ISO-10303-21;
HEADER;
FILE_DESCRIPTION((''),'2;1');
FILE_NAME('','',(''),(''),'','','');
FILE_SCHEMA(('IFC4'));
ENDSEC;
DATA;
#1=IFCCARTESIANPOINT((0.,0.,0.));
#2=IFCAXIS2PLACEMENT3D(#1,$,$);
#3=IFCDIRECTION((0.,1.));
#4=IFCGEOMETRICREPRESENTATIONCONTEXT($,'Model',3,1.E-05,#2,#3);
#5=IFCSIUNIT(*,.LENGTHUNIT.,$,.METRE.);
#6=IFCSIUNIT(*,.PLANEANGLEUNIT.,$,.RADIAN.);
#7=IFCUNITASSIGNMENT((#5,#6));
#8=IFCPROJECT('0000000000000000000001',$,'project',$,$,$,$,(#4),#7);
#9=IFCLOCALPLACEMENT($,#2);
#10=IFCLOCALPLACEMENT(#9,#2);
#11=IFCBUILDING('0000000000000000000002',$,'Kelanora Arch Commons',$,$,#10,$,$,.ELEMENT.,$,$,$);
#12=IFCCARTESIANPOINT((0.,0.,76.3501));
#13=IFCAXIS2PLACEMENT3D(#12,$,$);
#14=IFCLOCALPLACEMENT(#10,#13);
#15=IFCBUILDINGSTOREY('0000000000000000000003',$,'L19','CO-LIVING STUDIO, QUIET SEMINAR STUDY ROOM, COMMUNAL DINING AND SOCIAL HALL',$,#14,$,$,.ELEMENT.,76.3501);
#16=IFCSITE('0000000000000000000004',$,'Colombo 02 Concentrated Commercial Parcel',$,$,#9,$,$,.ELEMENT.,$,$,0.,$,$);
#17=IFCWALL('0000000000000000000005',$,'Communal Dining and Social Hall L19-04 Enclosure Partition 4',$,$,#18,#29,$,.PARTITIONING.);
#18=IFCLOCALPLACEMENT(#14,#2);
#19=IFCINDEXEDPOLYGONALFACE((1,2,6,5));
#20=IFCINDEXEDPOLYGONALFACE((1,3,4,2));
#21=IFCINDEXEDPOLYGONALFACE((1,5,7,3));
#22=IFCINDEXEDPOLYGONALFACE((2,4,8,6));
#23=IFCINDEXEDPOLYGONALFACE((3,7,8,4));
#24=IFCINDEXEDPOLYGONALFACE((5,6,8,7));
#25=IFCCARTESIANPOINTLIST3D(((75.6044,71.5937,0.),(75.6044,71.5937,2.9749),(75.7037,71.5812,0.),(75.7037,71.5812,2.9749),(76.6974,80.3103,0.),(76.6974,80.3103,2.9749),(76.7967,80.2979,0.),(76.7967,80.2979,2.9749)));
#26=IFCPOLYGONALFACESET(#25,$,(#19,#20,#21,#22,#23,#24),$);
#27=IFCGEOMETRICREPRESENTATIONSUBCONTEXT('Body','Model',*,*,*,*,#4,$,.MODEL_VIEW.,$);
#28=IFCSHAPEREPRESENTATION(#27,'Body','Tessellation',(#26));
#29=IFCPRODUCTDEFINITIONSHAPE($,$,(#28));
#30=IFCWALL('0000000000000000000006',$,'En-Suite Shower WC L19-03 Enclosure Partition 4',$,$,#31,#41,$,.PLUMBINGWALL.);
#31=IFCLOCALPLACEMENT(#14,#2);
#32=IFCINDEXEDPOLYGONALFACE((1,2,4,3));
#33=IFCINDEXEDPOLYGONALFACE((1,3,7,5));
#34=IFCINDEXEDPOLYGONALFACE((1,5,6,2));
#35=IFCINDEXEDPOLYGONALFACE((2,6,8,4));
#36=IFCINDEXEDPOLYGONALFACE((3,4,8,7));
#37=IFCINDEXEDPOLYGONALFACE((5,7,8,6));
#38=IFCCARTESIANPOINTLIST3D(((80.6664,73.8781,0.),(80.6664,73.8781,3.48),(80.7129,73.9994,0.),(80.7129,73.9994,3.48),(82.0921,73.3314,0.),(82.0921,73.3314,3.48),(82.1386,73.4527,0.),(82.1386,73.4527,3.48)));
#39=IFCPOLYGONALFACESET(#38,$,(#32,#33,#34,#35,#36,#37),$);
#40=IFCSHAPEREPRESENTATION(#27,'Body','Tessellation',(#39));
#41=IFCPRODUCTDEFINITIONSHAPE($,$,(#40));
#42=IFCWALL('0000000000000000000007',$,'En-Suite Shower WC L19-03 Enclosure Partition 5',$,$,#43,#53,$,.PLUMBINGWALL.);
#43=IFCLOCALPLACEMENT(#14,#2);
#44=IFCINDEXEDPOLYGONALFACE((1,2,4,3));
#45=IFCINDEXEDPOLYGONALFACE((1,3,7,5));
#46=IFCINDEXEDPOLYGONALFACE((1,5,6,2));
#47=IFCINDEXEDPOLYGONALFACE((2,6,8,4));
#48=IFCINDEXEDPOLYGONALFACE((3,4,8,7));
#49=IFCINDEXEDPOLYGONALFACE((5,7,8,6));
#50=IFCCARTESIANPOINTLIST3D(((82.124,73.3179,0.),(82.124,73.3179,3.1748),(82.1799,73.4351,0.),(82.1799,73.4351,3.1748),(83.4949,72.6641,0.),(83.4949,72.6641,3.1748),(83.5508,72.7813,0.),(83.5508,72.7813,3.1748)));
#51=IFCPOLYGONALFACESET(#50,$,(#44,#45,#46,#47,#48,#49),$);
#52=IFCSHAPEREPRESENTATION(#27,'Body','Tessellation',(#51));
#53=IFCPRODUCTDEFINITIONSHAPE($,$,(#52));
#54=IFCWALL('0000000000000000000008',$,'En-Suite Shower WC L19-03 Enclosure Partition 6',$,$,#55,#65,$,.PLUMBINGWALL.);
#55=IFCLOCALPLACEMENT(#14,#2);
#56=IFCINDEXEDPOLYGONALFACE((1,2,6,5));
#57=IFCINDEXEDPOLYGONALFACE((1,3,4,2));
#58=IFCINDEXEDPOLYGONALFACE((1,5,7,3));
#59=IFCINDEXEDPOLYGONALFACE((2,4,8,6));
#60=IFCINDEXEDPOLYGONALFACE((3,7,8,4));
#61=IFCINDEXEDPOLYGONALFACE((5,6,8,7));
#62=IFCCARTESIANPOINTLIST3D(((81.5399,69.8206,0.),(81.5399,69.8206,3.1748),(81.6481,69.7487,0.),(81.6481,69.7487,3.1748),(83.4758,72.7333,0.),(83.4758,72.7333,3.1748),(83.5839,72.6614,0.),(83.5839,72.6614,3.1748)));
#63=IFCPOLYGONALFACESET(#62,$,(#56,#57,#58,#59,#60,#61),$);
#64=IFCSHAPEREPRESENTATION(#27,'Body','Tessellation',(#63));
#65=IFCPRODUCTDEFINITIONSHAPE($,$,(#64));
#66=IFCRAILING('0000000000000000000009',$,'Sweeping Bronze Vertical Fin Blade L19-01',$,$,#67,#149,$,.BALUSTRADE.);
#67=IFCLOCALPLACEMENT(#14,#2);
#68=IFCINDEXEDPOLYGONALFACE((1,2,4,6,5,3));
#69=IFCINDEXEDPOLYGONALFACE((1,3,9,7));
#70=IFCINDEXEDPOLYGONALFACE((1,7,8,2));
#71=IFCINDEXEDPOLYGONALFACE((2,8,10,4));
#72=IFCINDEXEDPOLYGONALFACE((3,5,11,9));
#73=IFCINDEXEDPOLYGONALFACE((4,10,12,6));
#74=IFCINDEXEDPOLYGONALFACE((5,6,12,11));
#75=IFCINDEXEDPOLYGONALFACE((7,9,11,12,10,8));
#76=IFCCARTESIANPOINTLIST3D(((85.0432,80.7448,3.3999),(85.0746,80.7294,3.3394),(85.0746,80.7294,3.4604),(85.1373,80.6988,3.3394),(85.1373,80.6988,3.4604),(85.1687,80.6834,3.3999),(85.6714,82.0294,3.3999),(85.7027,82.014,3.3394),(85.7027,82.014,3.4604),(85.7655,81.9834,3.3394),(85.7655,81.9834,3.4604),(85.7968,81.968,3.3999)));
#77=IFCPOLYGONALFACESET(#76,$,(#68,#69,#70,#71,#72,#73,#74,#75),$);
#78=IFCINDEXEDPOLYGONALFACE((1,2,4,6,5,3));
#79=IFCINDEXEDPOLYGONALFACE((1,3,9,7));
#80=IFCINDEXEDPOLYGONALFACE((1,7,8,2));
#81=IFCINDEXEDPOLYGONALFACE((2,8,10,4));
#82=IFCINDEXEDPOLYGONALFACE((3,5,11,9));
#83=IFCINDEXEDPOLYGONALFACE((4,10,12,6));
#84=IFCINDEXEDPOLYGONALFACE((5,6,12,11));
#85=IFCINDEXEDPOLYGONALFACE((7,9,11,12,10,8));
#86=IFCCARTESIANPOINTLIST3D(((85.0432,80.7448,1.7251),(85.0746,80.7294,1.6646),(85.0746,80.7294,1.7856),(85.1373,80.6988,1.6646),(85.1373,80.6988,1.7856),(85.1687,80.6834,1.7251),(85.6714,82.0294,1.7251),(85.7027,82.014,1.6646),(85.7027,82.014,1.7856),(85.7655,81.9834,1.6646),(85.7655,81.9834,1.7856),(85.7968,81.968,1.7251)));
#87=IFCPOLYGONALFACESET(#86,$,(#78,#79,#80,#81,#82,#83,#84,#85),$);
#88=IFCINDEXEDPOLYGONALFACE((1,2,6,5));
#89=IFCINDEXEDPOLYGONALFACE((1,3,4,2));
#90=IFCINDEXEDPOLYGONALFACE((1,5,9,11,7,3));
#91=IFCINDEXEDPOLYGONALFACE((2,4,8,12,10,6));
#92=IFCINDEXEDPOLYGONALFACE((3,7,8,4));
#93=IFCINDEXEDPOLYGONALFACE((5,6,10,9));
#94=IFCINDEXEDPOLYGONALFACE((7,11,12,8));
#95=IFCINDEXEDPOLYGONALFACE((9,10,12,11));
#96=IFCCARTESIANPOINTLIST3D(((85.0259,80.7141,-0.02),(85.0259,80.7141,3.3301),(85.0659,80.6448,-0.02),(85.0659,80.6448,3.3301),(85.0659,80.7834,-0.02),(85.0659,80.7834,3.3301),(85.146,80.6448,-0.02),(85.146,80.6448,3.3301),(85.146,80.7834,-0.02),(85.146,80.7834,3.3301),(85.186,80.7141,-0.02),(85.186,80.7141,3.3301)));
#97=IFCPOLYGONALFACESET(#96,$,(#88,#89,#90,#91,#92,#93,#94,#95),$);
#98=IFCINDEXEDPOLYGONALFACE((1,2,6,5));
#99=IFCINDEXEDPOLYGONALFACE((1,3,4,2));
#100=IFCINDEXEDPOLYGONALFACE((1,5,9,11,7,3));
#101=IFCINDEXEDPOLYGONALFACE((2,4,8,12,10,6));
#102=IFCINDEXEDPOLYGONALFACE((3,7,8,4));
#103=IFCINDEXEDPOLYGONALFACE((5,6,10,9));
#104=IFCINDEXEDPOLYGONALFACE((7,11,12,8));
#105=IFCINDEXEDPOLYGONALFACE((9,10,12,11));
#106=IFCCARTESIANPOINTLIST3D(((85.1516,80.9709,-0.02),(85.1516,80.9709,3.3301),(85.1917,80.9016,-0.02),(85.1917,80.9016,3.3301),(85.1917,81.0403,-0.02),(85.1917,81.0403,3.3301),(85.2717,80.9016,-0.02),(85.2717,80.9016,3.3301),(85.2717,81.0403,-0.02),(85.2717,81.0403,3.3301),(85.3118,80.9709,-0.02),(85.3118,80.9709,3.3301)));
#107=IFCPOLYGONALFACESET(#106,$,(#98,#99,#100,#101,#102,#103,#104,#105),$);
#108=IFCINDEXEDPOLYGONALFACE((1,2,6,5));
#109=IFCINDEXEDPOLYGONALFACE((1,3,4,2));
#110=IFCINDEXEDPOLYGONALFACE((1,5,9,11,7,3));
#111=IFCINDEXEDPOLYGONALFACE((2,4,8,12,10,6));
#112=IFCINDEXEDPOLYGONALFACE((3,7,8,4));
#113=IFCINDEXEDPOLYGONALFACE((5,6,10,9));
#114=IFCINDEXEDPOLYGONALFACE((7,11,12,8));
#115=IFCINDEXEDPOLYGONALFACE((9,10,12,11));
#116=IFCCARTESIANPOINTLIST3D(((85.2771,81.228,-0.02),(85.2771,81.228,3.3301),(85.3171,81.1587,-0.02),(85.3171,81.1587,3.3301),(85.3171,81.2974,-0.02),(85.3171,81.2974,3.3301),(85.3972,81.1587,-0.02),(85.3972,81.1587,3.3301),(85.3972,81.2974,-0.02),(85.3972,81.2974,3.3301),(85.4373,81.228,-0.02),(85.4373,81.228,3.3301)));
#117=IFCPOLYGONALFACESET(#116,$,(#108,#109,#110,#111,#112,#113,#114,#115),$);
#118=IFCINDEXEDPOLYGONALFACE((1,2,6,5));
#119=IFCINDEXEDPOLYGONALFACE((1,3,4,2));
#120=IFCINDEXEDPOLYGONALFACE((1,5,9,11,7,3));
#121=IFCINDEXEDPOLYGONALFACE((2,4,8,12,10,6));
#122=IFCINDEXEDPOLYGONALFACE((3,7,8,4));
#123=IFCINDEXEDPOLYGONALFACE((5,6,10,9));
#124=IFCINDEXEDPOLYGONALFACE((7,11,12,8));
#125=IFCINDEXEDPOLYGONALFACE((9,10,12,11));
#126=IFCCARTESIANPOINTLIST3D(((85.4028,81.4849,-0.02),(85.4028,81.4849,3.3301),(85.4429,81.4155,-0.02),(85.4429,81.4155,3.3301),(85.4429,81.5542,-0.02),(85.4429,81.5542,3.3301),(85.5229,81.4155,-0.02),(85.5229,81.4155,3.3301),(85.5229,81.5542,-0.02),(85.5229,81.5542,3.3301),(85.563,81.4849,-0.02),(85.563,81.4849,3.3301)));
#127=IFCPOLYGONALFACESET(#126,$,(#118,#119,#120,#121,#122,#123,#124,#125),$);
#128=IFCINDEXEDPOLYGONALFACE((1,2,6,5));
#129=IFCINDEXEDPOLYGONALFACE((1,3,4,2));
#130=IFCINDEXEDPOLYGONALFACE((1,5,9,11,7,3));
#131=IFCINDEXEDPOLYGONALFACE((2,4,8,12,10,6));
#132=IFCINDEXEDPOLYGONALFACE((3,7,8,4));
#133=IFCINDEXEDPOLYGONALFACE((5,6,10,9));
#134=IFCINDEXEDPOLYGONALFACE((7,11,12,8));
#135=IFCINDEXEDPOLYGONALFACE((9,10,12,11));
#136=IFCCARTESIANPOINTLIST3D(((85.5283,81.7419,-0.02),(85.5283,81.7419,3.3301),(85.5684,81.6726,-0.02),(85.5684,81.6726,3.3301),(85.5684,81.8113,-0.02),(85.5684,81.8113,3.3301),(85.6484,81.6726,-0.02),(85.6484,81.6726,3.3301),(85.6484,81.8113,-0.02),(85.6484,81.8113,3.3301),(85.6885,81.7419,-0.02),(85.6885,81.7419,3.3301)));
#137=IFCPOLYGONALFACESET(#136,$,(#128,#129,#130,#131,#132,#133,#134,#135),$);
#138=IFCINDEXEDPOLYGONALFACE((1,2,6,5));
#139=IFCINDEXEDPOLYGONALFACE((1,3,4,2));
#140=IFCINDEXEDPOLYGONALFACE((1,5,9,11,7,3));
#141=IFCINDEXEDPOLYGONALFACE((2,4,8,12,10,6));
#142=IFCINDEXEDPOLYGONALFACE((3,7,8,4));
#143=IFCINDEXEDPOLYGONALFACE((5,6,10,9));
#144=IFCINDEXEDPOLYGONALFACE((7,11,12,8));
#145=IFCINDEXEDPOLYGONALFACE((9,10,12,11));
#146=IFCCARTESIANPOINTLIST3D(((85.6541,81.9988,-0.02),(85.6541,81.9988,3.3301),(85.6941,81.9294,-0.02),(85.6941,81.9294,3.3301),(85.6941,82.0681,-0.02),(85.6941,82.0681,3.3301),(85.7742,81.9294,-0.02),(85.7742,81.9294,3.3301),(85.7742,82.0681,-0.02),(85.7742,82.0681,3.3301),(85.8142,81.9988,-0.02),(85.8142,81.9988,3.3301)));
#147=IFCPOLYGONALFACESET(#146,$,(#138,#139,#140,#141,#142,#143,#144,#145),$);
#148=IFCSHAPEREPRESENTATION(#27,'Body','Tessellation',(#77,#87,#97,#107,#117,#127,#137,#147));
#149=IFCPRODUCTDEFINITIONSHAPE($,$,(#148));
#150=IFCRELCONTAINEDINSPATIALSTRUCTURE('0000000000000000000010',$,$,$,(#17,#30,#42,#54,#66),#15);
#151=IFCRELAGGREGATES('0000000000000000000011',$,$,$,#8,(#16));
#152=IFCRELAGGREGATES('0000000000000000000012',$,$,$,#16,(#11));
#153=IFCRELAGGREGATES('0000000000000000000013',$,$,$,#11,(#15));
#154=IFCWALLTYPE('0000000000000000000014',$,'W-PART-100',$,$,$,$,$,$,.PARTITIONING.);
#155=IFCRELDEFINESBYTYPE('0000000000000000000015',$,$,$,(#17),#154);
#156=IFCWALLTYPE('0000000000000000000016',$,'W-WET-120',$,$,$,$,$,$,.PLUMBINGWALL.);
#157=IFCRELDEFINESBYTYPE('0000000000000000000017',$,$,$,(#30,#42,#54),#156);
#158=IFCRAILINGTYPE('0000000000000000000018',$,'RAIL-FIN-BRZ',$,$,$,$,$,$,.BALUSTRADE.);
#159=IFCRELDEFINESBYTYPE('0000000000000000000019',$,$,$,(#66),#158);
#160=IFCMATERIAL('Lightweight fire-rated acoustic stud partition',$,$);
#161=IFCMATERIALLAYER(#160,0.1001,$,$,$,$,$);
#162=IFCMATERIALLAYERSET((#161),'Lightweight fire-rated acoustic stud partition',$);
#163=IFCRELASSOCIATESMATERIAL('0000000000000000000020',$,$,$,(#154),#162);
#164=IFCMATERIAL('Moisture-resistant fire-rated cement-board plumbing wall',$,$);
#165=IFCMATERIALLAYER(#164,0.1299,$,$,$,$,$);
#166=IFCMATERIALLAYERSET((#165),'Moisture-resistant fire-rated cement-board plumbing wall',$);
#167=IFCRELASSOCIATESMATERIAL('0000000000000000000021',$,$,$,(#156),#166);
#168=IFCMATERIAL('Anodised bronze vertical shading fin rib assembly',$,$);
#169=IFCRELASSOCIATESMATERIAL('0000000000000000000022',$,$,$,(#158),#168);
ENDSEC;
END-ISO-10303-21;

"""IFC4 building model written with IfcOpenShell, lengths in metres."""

from ifc_helpers import new_model, si_unit, direction, frame, frame_2d, origin, place, context, subcontext, project, spatial, polyline, rectangle, outline, extrude, material, layer, layer_set, type_object, element, save


model = new_model("IFC4")

# Units and contexts
model_context = context("Model", 3, precision=1e-05, world=origin(), true_north=direction((0.0, 1.0)))
body_context = subcontext(model_context, "Body", "Model", "MODEL_VIEW")
ifc_project = project(units=[si_unit("LENGTHUNIT", "METRE"), si_unit("PLANEANGLEUNIT", "RADIAN")], contexts=[model_context])

# Site, building, storey
site_placement = place(None, origin())
site = spatial("IfcSite", under=ifc_project, at=site_placement, Name="Colombo 02 Concentrated Commercial Parcel", CompositionType="ELEMENT", RefElevation=0.0)
building_placement = place(site_placement, origin())
building = spatial("IfcBuilding", under=site, at=building_placement, Name="Kelanora Arch Commons", CompositionType="ELEMENT")
storey_placement = place(building_placement, frame((0.0, 0.0, 76.3501)))
storey = spatial("IfcBuildingStorey", under=building, at=storey_placement, Name="L19", Description="CO-LIVING STUDIO, QUIET SEMINAR STUDY ROOM, COMMUNAL DINING AND SOCIAL HALL", CompositionType="ELEMENT", Elevation=76.3501)

# Walls
ifc_material_1 = material(Name="Lightweight fire-rated acoustic stud partition")
ifc_layer_1 = layer(ifc_material_1, 0.1001)
ifc_layer_set_1 = layer_set([ifc_layer_1], Name="Lightweight fire-rated acoustic stud partition")
wall_type_1 = type_object("IfcWallType", Name="W-PART-100", PredefinedType="PARTITIONING", material=ifc_layer_set_1)
wall_1_placement = place(storey_placement, frame((76.7471, 80.3042, 0.0), z_axis=(0.0, 0.0, 1.0), x_axis=(-0.124421, -0.992229, 0.0)))
element("IfcWall", 1, at=wall_1_placement, inside=storey, type_object=wall_type_1, Name="Communal Dining and Social Hall L19-04 Enclosure Partition 4", PredefinedType="PARTITIONING", context=body_context, shape_type="SweptSolid", body=[
    extrude(rectangle(XDim=8.7849, YDim=0.1001, at=frame_2d((4.3926, 0.0))), origin(), (0.0, 0.0, 1.0), 2.9749),
])
ifc_material_2 = material(Name="Moisture-resistant fire-rated cement-board plumbing wall")
ifc_layer_2 = layer(ifc_material_2, 0.1299)
ifc_layer_set_2 = layer_set([ifc_layer_2], Name="Moisture-resistant fire-rated cement-board plumbing wall")
wall_type_2 = type_object("IfcWallType", Name="W-WET-120", PredefinedType="PLUMBINGWALL", material=ifc_layer_set_2)
wall_2_placement = place(storey_placement, frame((80.6897, 73.9387, 0.0), z_axis=(0.0, 0.0, 1.0), x_axis=(0.933708, -0.358036, 0.0)))
element("IfcWall", 2, at=wall_2_placement, inside=storey, type_object=wall_type_2, Name="En-Suite Shower WC L19-03 Enclosure Partition 4", PredefinedType="PLUMBINGWALL", context=body_context, shape_type="SweptSolid", body=[
    extrude(rectangle(XDim=1.5269, YDim=0.1299, at=frame_2d((0.7634, 0.0))), origin(), (0.0, 0.0, 1.0), 3.48),
])
wall_3_placement = place(storey_placement, frame((82.1521, 73.3765, 0.0), z_axis=(0.0, 0.0, 1.0), x_axis=(0.902599, -0.430483, 0.0)))
element("IfcWall", 3, at=wall_3_placement, inside=storey, type_object=wall_type_2, Name="En-Suite Shower WC L19-03 Enclosure Partition 5", PredefinedType="PLUMBINGWALL", context=body_context, shape_type="SweptSolid", body=[
    extrude(rectangle(XDim=1.5188, YDim=0.1299, at=frame_2d((0.7593, 0.0))), origin(), (0.0, 0.0, 1.0), 3.1748),
])
wall_4_placement = place(storey_placement, frame((83.5298, 72.6973, 0.0), z_axis=(0.0, 0.0, 1.0), x_axis=(-0.553524, -0.832833, 0.0)))
element("IfcWall", 4, at=wall_4_placement, inside=storey, type_object=wall_type_2, Name="En-Suite Shower WC L19-03 Enclosure Partition 6", PredefinedType="PLUMBINGWALL", context=body_context, shape_type="SweptSolid", body=[
    extrude(rectangle(XDim=3.4973, YDim=0.1299, at=frame_2d((1.7485, 0.0))), origin(), (0.0, 0.0, 1.0), 3.1748),
])

# Railing
ifc_material_3 = material(Name="Anodised bronze vertical shading fin rib assembly")
railing_type = type_object("IfcRailingType", Name="RAIL-FIN-BRZ", PredefinedType="BALUSTRADE", material=ifc_material_3)
railing_1_placement = place(storey_placement, frame((85.106, 80.7141, -0.02)))
element("IfcRailing", 5, at=railing_1_placement, inside=storey, type_object=railing_type, Name="Sweeping Bronze Vertical Fin Blade L19-01", PredefinedType="BALUSTRADE", context=body_context, shape_type="SweptSolid", body=[
    extrude(outline(polyline([(0.0698, 0.0), (0.0349, 0.0605), (-0.0349, 0.0605), (-0.0698, 0.0), (-0.0349, -0.0605), (0.0349, -0.0605), (0.0698, 0.0)])), frame((0.0, 0.0, 3.4199), z_axis=(0.439274, 0.898353, 0.0), x_axis=(-0.898353, 0.439274, 0.0)), (0.0, 0.0, 1.0), 1.4299),
    extrude(outline(polyline([(0.0698, 0.0), (0.0349, 0.0605), (-0.0349, 0.0605), (-0.0698, 0.0), (-0.0349, -0.0605), (0.0349, -0.0605), (0.0698, 0.0)])), frame((0.0, 0.0, 1.7451), z_axis=(0.439274, 0.898353, 0.0), x_axis=(-0.898353, 0.439274, 0.0)), (0.0, 0.0, 1.0), 1.4299),
    extrude(outline(polyline([(0.0801, 0.0), (0.04, 0.0693), (-0.04, 0.0693), (-0.0801, 0.0), (-0.04, -0.0693), (0.04, -0.0693), (0.0801, 0.0)])), origin(), (0.0, 0.0, 1.0), 3.3501),
    extrude(outline(polyline([(0.0801, 0.0), (0.04, 0.0693), (-0.04, 0.0693), (-0.0801, 0.0), (-0.04, -0.0693), (0.04, -0.0693), (0.0801, 0.0)])), frame((0.1257, 0.2568, 0.0)), (0.0, 0.0, 1.0), 3.3501),
    extrude(outline(polyline([(0.0801, 0.0), (0.04, 0.0693), (-0.04, 0.0693), (-0.0801, 0.0), (-0.04, -0.0693), (0.04, -0.0693), (0.0801, 0.0)])), frame((0.2512, 0.5139, 0.0)), (0.0, 0.0, 1.0), 3.3501),
    extrude(outline(polyline([(0.0801, 0.0), (0.04, 0.0693), (-0.04, 0.0693), (-0.0801, 0.0), (-0.04, -0.0693), (0.04, -0.0693), (0.0801, 0.0)])), frame((0.377, 0.7708, 0.0)), (0.0, 0.0, 1.0), 3.3501),
    extrude(outline(polyline([(0.0801, 0.0), (0.04, 0.0693), (-0.04, 0.0693), (-0.0801, 0.0), (-0.04, -0.0693), (0.04, -0.0693), (0.0801, 0.0)])), frame((0.5024, 1.0278, 0.0)), (0.0, 0.0, 1.0), 3.3501),
    extrude(outline(polyline([(0.0801, 0.0), (0.04, 0.0693), (-0.04, 0.0693), (-0.0801, 0.0), (-0.04, -0.0693), (0.04, -0.0693), (0.0801, 0.0)])), frame((0.6282, 1.2847, 0.0)), (0.0, 0.0, 1.0), 3.3501),
])

save(model, "model.ifc")
